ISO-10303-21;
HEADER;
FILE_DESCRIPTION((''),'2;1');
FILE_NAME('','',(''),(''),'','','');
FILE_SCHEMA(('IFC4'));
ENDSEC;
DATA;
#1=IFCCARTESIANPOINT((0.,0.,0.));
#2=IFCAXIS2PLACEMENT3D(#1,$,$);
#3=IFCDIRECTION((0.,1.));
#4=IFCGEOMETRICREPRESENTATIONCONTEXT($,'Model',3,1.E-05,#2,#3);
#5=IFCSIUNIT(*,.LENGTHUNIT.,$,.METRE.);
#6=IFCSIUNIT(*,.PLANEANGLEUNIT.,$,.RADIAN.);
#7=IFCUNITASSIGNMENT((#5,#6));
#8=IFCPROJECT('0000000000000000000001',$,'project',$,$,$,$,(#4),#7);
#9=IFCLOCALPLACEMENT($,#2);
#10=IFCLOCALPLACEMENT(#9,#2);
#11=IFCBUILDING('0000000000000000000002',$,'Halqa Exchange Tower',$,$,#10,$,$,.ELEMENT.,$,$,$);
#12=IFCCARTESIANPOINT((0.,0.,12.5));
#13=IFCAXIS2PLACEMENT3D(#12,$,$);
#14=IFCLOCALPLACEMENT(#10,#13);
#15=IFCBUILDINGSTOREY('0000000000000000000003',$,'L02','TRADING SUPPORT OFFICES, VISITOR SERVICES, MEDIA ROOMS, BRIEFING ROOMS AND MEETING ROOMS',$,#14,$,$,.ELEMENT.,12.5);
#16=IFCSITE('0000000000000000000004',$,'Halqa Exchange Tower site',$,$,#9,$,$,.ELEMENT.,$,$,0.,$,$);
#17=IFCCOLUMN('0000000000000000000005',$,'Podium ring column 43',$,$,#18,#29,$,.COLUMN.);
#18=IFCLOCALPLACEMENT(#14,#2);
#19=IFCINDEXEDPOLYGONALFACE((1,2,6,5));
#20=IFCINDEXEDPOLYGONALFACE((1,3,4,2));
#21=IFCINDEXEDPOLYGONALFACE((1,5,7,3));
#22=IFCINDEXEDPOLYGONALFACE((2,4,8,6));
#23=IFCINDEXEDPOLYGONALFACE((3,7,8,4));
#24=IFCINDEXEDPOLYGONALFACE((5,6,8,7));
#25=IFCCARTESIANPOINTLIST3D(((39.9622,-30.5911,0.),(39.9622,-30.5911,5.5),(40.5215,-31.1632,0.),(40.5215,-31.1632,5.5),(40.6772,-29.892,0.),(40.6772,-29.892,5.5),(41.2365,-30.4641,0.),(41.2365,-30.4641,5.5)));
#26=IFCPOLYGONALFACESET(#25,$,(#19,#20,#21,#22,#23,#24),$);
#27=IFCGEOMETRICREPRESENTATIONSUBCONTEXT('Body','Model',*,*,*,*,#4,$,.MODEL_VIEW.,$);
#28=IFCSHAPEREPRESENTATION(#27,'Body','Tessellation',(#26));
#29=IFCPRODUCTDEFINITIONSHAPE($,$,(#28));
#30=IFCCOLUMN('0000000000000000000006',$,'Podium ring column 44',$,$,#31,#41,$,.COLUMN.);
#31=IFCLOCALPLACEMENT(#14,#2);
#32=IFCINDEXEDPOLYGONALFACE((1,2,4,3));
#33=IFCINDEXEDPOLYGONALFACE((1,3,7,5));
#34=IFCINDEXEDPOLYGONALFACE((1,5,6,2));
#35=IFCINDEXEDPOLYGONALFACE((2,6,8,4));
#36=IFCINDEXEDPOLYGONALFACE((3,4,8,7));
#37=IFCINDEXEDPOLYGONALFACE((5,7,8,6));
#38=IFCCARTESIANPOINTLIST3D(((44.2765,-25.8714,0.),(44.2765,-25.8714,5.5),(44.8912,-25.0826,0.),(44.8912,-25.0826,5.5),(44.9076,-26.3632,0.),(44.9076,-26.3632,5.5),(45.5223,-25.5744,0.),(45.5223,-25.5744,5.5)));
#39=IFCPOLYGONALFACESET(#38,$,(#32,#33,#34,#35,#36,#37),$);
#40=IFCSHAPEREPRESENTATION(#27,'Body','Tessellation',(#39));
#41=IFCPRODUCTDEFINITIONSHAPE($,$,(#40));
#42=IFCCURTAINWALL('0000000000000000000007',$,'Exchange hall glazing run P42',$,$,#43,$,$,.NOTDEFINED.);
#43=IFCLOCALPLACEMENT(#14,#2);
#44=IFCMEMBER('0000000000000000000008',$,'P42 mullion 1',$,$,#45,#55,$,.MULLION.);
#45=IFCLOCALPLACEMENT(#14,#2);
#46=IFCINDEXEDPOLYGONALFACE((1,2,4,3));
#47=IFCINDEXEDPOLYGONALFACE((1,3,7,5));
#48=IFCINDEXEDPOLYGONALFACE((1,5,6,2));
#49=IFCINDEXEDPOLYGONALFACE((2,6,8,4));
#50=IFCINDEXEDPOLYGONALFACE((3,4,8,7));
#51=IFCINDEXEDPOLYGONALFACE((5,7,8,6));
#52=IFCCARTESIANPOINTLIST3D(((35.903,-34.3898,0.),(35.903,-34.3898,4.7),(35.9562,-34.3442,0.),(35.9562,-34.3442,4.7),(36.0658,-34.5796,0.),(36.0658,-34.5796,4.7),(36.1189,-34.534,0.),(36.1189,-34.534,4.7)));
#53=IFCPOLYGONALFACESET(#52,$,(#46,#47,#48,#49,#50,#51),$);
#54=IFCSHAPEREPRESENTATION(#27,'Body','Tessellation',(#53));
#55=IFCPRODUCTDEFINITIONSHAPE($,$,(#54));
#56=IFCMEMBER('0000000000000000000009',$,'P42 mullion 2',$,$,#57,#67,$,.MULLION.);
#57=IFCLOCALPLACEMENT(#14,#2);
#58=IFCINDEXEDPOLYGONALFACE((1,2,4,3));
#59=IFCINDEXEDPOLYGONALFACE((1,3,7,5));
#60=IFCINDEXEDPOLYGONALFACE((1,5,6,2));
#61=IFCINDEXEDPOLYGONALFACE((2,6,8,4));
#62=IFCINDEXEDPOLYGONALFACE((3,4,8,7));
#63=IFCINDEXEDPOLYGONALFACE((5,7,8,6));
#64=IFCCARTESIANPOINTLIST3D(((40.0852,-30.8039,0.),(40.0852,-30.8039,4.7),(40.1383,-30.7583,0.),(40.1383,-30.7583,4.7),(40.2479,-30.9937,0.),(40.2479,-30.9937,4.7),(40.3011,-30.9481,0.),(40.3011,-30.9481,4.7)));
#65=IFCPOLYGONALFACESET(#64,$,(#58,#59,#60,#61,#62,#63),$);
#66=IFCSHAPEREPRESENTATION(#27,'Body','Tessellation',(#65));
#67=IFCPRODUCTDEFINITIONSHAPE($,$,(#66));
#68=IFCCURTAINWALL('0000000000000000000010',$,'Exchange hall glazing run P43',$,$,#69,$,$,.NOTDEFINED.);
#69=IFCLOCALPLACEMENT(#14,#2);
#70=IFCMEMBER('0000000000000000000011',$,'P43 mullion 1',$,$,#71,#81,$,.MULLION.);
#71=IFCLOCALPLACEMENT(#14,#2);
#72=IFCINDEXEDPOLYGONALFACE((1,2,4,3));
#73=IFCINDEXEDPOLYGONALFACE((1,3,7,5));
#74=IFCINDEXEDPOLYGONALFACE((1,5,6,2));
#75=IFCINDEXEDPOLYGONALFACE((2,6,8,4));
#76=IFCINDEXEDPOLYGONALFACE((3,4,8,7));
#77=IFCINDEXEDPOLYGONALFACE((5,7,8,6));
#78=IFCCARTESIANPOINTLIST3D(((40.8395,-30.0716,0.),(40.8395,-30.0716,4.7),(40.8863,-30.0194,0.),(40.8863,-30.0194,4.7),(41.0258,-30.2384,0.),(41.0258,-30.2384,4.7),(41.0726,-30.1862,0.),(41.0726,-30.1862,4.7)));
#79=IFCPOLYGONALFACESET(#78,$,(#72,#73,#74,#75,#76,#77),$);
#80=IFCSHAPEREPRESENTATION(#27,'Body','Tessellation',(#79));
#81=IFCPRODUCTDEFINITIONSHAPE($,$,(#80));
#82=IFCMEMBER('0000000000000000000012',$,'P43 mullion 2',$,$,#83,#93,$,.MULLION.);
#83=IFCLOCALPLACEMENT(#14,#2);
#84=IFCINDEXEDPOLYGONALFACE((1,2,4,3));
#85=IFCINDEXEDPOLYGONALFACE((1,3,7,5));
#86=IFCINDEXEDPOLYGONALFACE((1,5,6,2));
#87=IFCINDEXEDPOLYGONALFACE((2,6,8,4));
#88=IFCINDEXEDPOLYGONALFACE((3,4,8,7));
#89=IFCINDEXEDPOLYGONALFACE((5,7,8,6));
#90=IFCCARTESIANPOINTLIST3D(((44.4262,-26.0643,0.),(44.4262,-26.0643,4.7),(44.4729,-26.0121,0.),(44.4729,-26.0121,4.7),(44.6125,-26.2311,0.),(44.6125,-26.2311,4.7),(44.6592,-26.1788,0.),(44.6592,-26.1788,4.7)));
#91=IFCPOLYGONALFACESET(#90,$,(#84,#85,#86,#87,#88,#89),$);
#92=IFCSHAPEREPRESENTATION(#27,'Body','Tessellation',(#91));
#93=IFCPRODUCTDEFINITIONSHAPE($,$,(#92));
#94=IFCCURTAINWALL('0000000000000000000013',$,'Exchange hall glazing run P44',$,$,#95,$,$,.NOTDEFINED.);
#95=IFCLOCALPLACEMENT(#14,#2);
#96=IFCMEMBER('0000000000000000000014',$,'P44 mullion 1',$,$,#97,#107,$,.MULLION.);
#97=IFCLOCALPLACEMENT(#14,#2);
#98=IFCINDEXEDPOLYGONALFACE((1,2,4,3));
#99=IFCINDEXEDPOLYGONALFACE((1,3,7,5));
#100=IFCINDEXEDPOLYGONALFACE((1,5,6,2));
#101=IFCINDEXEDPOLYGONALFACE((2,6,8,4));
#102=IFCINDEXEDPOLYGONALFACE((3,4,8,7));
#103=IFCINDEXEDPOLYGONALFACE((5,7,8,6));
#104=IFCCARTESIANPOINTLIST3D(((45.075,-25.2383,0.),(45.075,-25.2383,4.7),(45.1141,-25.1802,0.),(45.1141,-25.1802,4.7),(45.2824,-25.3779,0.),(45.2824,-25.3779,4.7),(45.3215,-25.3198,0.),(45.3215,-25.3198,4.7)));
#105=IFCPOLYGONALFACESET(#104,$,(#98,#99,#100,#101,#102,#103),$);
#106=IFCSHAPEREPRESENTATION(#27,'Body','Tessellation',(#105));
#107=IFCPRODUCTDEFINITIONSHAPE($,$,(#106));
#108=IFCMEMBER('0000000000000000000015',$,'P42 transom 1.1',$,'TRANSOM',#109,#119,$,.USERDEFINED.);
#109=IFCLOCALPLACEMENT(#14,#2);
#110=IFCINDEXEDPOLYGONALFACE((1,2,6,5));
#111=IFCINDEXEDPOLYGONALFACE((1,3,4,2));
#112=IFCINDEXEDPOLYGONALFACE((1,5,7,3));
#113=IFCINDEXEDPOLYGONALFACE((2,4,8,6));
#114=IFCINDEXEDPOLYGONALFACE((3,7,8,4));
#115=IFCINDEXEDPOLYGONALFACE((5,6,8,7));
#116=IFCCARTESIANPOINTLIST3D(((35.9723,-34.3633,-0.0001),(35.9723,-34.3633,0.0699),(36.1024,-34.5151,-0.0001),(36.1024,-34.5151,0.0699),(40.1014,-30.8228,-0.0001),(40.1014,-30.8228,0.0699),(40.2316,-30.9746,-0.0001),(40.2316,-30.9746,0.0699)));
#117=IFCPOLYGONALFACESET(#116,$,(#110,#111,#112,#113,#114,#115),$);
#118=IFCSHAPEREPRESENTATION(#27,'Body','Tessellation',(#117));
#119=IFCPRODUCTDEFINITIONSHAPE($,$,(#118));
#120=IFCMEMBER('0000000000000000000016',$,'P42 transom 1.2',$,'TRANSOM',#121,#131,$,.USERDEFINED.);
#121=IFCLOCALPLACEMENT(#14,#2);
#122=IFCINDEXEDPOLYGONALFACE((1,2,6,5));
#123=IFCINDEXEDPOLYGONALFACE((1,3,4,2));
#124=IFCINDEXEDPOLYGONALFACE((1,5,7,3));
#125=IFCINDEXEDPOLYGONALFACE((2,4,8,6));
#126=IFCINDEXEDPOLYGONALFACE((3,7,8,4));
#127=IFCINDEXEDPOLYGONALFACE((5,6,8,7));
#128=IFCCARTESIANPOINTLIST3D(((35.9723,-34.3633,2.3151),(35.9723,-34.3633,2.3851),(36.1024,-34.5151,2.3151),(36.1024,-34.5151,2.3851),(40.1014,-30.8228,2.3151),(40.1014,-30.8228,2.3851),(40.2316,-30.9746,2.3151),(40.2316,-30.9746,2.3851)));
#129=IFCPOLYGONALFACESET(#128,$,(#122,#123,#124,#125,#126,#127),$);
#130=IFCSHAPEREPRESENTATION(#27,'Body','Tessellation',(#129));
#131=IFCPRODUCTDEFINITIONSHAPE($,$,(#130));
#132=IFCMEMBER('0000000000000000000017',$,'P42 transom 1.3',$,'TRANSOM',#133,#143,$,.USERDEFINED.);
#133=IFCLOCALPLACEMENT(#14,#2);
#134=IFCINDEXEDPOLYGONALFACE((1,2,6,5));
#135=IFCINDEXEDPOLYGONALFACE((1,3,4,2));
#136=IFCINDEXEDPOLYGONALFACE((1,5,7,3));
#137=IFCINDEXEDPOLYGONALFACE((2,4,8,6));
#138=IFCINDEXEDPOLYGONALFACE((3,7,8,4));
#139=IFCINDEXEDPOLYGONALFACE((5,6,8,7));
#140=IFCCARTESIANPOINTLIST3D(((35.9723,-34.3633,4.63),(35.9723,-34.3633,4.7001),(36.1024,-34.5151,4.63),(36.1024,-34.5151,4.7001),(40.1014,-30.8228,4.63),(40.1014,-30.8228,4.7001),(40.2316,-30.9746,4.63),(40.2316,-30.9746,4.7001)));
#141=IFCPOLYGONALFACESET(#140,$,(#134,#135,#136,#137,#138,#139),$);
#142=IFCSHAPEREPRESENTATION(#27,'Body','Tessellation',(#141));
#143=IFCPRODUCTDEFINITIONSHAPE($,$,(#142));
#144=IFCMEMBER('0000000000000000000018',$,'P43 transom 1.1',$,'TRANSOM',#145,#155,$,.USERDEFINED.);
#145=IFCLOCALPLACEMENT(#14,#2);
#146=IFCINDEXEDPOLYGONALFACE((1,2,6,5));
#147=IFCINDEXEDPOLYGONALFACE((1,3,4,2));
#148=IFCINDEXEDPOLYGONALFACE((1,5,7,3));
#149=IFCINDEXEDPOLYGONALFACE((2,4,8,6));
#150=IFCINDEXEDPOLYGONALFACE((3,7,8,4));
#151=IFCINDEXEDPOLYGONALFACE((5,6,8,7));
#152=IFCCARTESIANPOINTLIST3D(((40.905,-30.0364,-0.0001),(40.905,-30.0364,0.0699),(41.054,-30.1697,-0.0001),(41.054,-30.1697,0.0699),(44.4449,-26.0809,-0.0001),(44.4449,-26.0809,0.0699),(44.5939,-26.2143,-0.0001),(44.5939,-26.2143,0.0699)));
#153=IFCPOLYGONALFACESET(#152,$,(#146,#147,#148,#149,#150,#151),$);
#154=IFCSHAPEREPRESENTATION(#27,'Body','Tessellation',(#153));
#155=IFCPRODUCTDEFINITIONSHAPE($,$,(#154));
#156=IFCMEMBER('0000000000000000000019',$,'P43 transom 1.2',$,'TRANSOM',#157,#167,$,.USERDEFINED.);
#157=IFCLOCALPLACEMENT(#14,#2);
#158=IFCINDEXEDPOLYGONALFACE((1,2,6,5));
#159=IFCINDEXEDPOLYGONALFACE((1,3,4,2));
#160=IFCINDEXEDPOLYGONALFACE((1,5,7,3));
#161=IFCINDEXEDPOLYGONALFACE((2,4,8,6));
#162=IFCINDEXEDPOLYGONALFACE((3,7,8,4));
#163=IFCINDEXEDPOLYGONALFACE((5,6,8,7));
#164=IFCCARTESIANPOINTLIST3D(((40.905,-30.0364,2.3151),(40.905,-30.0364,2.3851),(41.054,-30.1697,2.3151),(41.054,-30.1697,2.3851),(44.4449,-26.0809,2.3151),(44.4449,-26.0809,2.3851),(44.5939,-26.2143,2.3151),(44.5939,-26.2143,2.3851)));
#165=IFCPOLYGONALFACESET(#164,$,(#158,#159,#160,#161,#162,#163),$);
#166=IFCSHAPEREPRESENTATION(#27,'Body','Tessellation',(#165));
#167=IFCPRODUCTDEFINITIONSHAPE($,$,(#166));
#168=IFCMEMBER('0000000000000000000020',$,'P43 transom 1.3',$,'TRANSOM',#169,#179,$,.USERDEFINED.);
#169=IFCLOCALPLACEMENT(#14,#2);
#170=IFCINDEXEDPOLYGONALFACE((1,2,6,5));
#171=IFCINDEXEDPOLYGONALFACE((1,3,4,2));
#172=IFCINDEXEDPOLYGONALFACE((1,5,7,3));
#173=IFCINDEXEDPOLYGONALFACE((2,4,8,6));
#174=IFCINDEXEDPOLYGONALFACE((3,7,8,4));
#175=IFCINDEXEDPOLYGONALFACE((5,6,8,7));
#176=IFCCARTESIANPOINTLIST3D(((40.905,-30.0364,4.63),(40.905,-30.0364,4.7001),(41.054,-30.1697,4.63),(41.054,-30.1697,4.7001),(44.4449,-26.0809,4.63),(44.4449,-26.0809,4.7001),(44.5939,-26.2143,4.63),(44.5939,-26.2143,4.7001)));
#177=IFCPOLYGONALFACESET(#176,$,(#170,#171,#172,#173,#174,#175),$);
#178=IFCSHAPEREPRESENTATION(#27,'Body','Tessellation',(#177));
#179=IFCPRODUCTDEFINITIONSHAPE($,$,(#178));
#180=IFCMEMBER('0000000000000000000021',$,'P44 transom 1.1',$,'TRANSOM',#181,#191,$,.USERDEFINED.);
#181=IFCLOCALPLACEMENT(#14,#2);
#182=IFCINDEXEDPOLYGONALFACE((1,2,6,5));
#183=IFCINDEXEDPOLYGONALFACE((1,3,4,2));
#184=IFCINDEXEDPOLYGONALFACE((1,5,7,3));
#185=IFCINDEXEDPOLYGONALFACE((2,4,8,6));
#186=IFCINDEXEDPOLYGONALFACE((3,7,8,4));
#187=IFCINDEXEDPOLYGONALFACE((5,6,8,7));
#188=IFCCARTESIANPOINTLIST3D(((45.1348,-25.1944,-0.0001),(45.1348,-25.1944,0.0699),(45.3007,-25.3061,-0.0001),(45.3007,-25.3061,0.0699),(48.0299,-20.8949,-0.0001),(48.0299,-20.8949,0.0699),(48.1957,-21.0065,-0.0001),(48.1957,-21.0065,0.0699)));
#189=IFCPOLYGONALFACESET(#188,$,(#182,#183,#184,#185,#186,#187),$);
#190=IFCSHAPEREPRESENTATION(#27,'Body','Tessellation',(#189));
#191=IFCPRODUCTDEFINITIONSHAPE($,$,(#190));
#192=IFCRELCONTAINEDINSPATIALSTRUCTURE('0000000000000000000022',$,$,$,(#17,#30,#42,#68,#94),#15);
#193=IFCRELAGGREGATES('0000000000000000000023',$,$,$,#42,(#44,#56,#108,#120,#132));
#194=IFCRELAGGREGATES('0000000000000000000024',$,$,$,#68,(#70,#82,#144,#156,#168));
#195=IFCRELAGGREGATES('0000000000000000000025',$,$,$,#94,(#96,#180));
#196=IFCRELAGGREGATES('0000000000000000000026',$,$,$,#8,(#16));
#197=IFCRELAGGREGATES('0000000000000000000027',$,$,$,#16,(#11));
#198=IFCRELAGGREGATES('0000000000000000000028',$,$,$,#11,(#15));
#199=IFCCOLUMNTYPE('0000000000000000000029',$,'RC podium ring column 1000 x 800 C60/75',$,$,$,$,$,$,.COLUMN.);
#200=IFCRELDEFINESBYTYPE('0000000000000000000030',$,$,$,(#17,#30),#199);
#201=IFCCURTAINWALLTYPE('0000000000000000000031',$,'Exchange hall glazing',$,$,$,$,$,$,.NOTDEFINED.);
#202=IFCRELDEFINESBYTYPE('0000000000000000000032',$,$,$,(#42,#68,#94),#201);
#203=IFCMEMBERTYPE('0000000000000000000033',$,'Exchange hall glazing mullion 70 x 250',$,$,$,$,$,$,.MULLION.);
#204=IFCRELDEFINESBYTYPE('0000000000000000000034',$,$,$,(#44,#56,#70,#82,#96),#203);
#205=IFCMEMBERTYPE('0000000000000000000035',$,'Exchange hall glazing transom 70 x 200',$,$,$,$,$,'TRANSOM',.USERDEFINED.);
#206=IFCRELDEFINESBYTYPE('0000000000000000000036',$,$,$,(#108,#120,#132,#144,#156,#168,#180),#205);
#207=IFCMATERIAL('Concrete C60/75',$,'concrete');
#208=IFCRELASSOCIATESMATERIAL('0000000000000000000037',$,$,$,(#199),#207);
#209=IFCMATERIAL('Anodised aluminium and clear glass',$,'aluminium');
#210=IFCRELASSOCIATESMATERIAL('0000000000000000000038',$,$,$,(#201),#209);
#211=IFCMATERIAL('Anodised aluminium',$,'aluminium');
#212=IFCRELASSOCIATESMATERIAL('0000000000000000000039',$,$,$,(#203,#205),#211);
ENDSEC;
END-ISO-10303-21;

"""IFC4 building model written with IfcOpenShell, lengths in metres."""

from ifc_helpers import new_model, si_unit, direction, frame, origin, origin_2d, place, context, subcontext, project, spatial, rectangle, extrude, material, material_profile, profile_set, type_object, element, aggregate, save


model = new_model("IFC4")

# Units and contexts
model_context = context("Model", 3, precision=1e-05, world=origin(), true_north=direction((0.0, 1.0)))
body_context = subcontext(model_context, "Body", "Model", "MODEL_VIEW")
ifc_project = project(units=[si_unit("LENGTHUNIT", "METRE"), si_unit("PLANEANGLEUNIT", "RADIAN")], contexts=[model_context])

# Site, building, storey
site_placement = place(None, origin())
site = spatial("IfcSite", under=ifc_project, at=site_placement, Name="Halqa Exchange Tower site", CompositionType="ELEMENT", RefElevation=0.0)
building_placement = place(site_placement, origin())
building = spatial("IfcBuilding", under=site, at=building_placement, Name="Halqa Exchange Tower", CompositionType="ELEMENT")
storey_placement = place(building_placement, frame((0.0, 0.0, 12.5)))
storey = spatial("IfcBuildingStorey", under=building, at=storey_placement, Name="L02", Description="TRADING SUPPORT OFFICES, VISITOR SERVICES, MEDIA ROOMS, BRIEFING ROOMS AND MEETING ROOMS", CompositionType="ELEMENT", Elevation=12.5)

# Columns
ifc_material_1 = material(Name="Concrete C60/75", Category="concrete")
ifc_material_profile_1 = material_profile(ifc_material_1, rectangle(XDim=1.0, YDim=0.8, at=origin_2d()), Name="1000 x 800")
ifc_profile_set_1 = profile_set([ifc_material_profile_1], Name="Concrete C60/75")
column_type = type_object("IfcColumnType", Name="RC podium ring column 1000 x 800 C60/75", PredefinedType="COLUMN", material=ifc_profile_set_1)
for number, where, z_axis, x_axis, name in (
    (1, (40.5994, -30.5276, 0.0), (0.0, 0.0, 1.0), (0.715039, 0.699085, 0.0), "Podium ring column 43"),
    (2, (44.8994, -25.7229, 0.0), (0.0, 0.0, 1.0), (0.614691, 0.788768, 0.0), "Podium ring column 44"),
):
    element("IfcColumn", number, at=place(storey_placement, frame(where, z_axis=z_axis, x_axis=x_axis)), inside=storey, type_object=column_type, Name=name, PredefinedType="COLUMN", context=body_context, shape_type="SweptSolid", body=[
        extrude(rectangle(XDim=1.0, YDim=0.8, at=origin_2d()), origin(), (0.0, 0.0, 1.0), 5.5),
    ])

# Curtain walls, members
ifc_material_2 = material(Name="Anodised aluminium and clear glass", Category="aluminium")
curtain_wall_type = type_object("IfcCurtainWallType", Name="Exchange hall glazing", PredefinedType="NOTDEFINED", material=ifc_material_2)
curtain_wall_1_placement = place(storey_placement, origin())
curtain_wall_1 = element("IfcCurtainWall", 3, at=curtain_wall_1_placement, inside=storey, type_object=curtain_wall_type, Name="Exchange hall glazing run P42", PredefinedType="NOTDEFINED")
ifc_material_3 = material(Name="Anodised aluminium", Category="aluminium")
ifc_material_profile_2 = material_profile(ifc_material_3, rectangle(XDim=0.25, YDim=0.0701, at=origin_2d()), Name="AL 70x250")
ifc_profile_set_2 = profile_set([ifc_material_profile_2], Name="Anodised aluminium")
member_type_1 = type_object("IfcMemberType", Name="Exchange hall glazing mullion 70 x 250", PredefinedType="MULLION", material=ifc_profile_set_2)
member_1_placement = place(storey_placement, frame((36.011, -34.4619, 0.0), z_axis=(0.0, 0.0, 1.0), x_axis=(-0.650911, 0.759154, 0.0)))
member_1 = element("IfcMember", 4, at=member_1_placement, type_object=member_type_1, Name="P42 mullion 1", PredefinedType="MULLION", context=body_context, shape_type="SweptSolid", body=[
    extrude(rectangle(XDim=0.25, YDim=0.0701, at=origin_2d()), origin(), (0.0, 0.0, 1.0), 4.7),
])
member_2_placement = place(storey_placement, frame((40.1931, -30.876, 0.0), z_axis=(0.0, 0.0, 1.0), x_axis=(-0.650911, 0.759154, 0.0)))
member_2 = element("IfcMember", 5, at=member_2_placement, type_object=member_type_1, Name="P42 mullion 2", PredefinedType="MULLION", context=body_context, shape_type="SweptSolid", body=[
    extrude(rectangle(XDim=0.25, YDim=0.0701, at=origin_2d()), origin(), (0.0, 0.0, 1.0), 4.7),
])
curtain_wall_2_placement = place(storey_placement, origin())
curtain_wall_2 = element("IfcCurtainWall", 6, at=curtain_wall_2_placement, inside=storey, type_object=curtain_wall_type, Name="Exchange hall glazing run P43", PredefinedType="NOTDEFINED")
member_3_placement = place(storey_placement, frame((40.9561, -30.1289, 0.0), z_axis=(0.0, 0.0, 1.0), x_axis=(-0.745148, 0.666899, 0.0)))
member_3 = element("IfcMember", 7, at=member_3_placement, type_object=member_type_1, Name="P43 mullion 1", PredefinedType="MULLION", context=body_context, shape_type="SweptSolid", body=[
    extrude(rectangle(XDim=0.25, YDim=0.0701, at=origin_2d()), origin(), (0.0, 0.0, 1.0), 4.7),
])
member_4_placement = place(storey_placement, frame((44.5427, -26.1216, 0.0), z_axis=(0.0, 0.0, 1.0), x_axis=(-0.745148, 0.666899, 0.0)))
member_4 = element("IfcMember", 8, at=member_4_placement, type_object=member_type_1, Name="P43 mullion 2", PredefinedType="MULLION", context=body_context, shape_type="SweptSolid", body=[
    extrude(rectangle(XDim=0.25, YDim=0.0701, at=origin_2d()), origin(), (0.0, 0.0, 1.0), 4.7),
])

# Curtain wall, member
curtain_wall_3_placement = place(storey_placement, origin())
curtain_wall_3 = element("IfcCurtainWall", 9, at=curtain_wall_3_placement, inside=storey, type_object=curtain_wall_type, Name="Exchange hall glazing run P44", PredefinedType="NOTDEFINED")
member_5_placement = place(storey_placement, frame((45.1982, -25.2791, 0.0), z_axis=(0.0, 0.0, 1.0), x_axis=(-0.82949, 0.558522, 0.0)))
member_5 = element("IfcMember", 10, at=member_5_placement, type_object=member_type_1, Name="P44 mullion 1", PredefinedType="MULLION", context=body_context, shape_type="SweptSolid", body=[
    extrude(rectangle(XDim=0.25, YDim=0.0701, at=origin_2d()), origin(), (0.0, 0.0, 1.0), 4.7),
])

# Members
ifc_material_profile_3 = material_profile(ifc_material_3, rectangle(XDim=0.2, YDim=0.0701, at=origin_2d()), Name="AL 70x200")
ifc_profile_set_3 = profile_set([ifc_material_profile_3], Name="Anodised aluminium")
member_type_2 = type_object("IfcMemberType", Name="Exchange hall glazing transom 70 x 200", ElementType="TRANSOM", PredefinedType="USERDEFINED", material=ifc_profile_set_3)
member_6_placement = place(storey_placement, frame((36.0374, -34.4392, 0.0349), z_axis=(0.759143, 0.650924, 0.0), x_axis=(-0.650924, 0.759143, 0.0)))
member_6 = element("IfcMember", 11, at=member_6_placement, type_object=member_type_2, Name="P42 transom 1.1", ObjectType="TRANSOM", PredefinedType="USERDEFINED", context=body_context, shape_type="SweptSolid", body=[
    extrude(rectangle(XDim=0.2, YDim=0.0701, at=origin_2d()), origin(), (0.0, 0.0, 1.0), 5.4392),
])
member_7_placement = place(storey_placement, frame((36.0374, -34.4392, 2.3501), z_axis=(0.759143, 0.650924, 0.0), x_axis=(-0.650924, 0.759143, 0.0)))
member_7 = element("IfcMember", 12, at=member_7_placement, type_object=member_type_2, Name="P42 transom 1.2", ObjectType="TRANSOM", PredefinedType="USERDEFINED", context=body_context, shape_type="SweptSolid", body=[
    extrude(rectangle(XDim=0.2, YDim=0.0701, at=origin_2d()), origin(), (0.0, 0.0, 1.0), 5.4392),
])
member_8_placement = place(storey_placement, frame((36.0374, -34.4392, 4.665), z_axis=(0.759143, 0.650924, 0.0), x_axis=(-0.650924, 0.759143, 0.0)))
member_8 = element("IfcMember", 13, at=member_8_placement, type_object=member_type_2, Name="P42 transom 1.3", ObjectType="TRANSOM", PredefinedType="USERDEFINED", context=body_context, shape_type="SweptSolid", body=[
    extrude(rectangle(XDim=0.2, YDim=0.0701, at=origin_2d()), origin(), (0.0, 0.0, 1.0), 5.4392),
])
member_9_placement = place(storey_placement, frame((40.9795, -30.103, 0.0349), z_axis=(0.666881, 0.745164, 0.0), x_axis=(-0.745164, 0.666881, 0.0)))
member_9 = element("IfcMember", 14, at=member_9_placement, type_object=member_type_2, Name="P43 transom 1.1", ObjectType="TRANSOM", PredefinedType="USERDEFINED", context=body_context, shape_type="SweptSolid", body=[
    extrude(rectangle(XDim=0.2, YDim=0.0701, at=origin_2d()), origin(), (0.0, 0.0, 1.0), 5.3081),
])
member_10_placement = place(storey_placement, frame((40.9795, -30.103, 2.3501), z_axis=(0.666881, 0.745164, 0.0), x_axis=(-0.745164, 0.666881, 0.0)))
member_10 = element("IfcMember", 15, at=member_10_placement, type_object=member_type_2, Name="P43 transom 1.2", ObjectType="TRANSOM", PredefinedType="USERDEFINED", context=body_context, shape_type="SweptSolid", body=[
    extrude(rectangle(XDim=0.2, YDim=0.0701, at=origin_2d()), origin(), (0.0, 0.0, 1.0), 5.3081),
])
member_11_placement = place(storey_placement, frame((40.9795, -30.103, 4.665), z_axis=(0.666881, 0.745164, 0.0), x_axis=(-0.745164, 0.666881, 0.0)))
member_11 = element("IfcMember", 16, at=member_11_placement, type_object=member_type_2, Name="P43 transom 1.3", ObjectType="TRANSOM", PredefinedType="USERDEFINED", context=body_context, shape_type="SweptSolid", body=[
    extrude(rectangle(XDim=0.2, YDim=0.0701, at=origin_2d()), origin(), (0.0, 0.0, 1.0), 5.3081),
])
member_12_placement = place(storey_placement, frame((45.2178, -25.2502, 0.0349), z_axis=(0.55852, 0.829491, 0.0), x_axis=(-0.829491, 0.55852, 0.0)))
member_12 = element("IfcMember", 17, at=member_12_placement, type_object=member_type_2, Name="P44 transom 1.1", ObjectType="TRANSOM", PredefinedType="USERDEFINED", context=body_context, shape_type="SweptSolid", body=[
    extrude(rectangle(XDim=0.2, YDim=0.0701, at=origin_2d()), origin(), (0.0, 0.0, 1.0), 5.1833),
])

aggregate(curtain_wall_1, [member_1, member_2, member_6, member_7, member_8])
aggregate(curtain_wall_2, [member_3, member_4, member_9, member_10, member_11])
aggregate(curtain_wall_3, [member_5, member_12])

save(model, "model.ifc")
